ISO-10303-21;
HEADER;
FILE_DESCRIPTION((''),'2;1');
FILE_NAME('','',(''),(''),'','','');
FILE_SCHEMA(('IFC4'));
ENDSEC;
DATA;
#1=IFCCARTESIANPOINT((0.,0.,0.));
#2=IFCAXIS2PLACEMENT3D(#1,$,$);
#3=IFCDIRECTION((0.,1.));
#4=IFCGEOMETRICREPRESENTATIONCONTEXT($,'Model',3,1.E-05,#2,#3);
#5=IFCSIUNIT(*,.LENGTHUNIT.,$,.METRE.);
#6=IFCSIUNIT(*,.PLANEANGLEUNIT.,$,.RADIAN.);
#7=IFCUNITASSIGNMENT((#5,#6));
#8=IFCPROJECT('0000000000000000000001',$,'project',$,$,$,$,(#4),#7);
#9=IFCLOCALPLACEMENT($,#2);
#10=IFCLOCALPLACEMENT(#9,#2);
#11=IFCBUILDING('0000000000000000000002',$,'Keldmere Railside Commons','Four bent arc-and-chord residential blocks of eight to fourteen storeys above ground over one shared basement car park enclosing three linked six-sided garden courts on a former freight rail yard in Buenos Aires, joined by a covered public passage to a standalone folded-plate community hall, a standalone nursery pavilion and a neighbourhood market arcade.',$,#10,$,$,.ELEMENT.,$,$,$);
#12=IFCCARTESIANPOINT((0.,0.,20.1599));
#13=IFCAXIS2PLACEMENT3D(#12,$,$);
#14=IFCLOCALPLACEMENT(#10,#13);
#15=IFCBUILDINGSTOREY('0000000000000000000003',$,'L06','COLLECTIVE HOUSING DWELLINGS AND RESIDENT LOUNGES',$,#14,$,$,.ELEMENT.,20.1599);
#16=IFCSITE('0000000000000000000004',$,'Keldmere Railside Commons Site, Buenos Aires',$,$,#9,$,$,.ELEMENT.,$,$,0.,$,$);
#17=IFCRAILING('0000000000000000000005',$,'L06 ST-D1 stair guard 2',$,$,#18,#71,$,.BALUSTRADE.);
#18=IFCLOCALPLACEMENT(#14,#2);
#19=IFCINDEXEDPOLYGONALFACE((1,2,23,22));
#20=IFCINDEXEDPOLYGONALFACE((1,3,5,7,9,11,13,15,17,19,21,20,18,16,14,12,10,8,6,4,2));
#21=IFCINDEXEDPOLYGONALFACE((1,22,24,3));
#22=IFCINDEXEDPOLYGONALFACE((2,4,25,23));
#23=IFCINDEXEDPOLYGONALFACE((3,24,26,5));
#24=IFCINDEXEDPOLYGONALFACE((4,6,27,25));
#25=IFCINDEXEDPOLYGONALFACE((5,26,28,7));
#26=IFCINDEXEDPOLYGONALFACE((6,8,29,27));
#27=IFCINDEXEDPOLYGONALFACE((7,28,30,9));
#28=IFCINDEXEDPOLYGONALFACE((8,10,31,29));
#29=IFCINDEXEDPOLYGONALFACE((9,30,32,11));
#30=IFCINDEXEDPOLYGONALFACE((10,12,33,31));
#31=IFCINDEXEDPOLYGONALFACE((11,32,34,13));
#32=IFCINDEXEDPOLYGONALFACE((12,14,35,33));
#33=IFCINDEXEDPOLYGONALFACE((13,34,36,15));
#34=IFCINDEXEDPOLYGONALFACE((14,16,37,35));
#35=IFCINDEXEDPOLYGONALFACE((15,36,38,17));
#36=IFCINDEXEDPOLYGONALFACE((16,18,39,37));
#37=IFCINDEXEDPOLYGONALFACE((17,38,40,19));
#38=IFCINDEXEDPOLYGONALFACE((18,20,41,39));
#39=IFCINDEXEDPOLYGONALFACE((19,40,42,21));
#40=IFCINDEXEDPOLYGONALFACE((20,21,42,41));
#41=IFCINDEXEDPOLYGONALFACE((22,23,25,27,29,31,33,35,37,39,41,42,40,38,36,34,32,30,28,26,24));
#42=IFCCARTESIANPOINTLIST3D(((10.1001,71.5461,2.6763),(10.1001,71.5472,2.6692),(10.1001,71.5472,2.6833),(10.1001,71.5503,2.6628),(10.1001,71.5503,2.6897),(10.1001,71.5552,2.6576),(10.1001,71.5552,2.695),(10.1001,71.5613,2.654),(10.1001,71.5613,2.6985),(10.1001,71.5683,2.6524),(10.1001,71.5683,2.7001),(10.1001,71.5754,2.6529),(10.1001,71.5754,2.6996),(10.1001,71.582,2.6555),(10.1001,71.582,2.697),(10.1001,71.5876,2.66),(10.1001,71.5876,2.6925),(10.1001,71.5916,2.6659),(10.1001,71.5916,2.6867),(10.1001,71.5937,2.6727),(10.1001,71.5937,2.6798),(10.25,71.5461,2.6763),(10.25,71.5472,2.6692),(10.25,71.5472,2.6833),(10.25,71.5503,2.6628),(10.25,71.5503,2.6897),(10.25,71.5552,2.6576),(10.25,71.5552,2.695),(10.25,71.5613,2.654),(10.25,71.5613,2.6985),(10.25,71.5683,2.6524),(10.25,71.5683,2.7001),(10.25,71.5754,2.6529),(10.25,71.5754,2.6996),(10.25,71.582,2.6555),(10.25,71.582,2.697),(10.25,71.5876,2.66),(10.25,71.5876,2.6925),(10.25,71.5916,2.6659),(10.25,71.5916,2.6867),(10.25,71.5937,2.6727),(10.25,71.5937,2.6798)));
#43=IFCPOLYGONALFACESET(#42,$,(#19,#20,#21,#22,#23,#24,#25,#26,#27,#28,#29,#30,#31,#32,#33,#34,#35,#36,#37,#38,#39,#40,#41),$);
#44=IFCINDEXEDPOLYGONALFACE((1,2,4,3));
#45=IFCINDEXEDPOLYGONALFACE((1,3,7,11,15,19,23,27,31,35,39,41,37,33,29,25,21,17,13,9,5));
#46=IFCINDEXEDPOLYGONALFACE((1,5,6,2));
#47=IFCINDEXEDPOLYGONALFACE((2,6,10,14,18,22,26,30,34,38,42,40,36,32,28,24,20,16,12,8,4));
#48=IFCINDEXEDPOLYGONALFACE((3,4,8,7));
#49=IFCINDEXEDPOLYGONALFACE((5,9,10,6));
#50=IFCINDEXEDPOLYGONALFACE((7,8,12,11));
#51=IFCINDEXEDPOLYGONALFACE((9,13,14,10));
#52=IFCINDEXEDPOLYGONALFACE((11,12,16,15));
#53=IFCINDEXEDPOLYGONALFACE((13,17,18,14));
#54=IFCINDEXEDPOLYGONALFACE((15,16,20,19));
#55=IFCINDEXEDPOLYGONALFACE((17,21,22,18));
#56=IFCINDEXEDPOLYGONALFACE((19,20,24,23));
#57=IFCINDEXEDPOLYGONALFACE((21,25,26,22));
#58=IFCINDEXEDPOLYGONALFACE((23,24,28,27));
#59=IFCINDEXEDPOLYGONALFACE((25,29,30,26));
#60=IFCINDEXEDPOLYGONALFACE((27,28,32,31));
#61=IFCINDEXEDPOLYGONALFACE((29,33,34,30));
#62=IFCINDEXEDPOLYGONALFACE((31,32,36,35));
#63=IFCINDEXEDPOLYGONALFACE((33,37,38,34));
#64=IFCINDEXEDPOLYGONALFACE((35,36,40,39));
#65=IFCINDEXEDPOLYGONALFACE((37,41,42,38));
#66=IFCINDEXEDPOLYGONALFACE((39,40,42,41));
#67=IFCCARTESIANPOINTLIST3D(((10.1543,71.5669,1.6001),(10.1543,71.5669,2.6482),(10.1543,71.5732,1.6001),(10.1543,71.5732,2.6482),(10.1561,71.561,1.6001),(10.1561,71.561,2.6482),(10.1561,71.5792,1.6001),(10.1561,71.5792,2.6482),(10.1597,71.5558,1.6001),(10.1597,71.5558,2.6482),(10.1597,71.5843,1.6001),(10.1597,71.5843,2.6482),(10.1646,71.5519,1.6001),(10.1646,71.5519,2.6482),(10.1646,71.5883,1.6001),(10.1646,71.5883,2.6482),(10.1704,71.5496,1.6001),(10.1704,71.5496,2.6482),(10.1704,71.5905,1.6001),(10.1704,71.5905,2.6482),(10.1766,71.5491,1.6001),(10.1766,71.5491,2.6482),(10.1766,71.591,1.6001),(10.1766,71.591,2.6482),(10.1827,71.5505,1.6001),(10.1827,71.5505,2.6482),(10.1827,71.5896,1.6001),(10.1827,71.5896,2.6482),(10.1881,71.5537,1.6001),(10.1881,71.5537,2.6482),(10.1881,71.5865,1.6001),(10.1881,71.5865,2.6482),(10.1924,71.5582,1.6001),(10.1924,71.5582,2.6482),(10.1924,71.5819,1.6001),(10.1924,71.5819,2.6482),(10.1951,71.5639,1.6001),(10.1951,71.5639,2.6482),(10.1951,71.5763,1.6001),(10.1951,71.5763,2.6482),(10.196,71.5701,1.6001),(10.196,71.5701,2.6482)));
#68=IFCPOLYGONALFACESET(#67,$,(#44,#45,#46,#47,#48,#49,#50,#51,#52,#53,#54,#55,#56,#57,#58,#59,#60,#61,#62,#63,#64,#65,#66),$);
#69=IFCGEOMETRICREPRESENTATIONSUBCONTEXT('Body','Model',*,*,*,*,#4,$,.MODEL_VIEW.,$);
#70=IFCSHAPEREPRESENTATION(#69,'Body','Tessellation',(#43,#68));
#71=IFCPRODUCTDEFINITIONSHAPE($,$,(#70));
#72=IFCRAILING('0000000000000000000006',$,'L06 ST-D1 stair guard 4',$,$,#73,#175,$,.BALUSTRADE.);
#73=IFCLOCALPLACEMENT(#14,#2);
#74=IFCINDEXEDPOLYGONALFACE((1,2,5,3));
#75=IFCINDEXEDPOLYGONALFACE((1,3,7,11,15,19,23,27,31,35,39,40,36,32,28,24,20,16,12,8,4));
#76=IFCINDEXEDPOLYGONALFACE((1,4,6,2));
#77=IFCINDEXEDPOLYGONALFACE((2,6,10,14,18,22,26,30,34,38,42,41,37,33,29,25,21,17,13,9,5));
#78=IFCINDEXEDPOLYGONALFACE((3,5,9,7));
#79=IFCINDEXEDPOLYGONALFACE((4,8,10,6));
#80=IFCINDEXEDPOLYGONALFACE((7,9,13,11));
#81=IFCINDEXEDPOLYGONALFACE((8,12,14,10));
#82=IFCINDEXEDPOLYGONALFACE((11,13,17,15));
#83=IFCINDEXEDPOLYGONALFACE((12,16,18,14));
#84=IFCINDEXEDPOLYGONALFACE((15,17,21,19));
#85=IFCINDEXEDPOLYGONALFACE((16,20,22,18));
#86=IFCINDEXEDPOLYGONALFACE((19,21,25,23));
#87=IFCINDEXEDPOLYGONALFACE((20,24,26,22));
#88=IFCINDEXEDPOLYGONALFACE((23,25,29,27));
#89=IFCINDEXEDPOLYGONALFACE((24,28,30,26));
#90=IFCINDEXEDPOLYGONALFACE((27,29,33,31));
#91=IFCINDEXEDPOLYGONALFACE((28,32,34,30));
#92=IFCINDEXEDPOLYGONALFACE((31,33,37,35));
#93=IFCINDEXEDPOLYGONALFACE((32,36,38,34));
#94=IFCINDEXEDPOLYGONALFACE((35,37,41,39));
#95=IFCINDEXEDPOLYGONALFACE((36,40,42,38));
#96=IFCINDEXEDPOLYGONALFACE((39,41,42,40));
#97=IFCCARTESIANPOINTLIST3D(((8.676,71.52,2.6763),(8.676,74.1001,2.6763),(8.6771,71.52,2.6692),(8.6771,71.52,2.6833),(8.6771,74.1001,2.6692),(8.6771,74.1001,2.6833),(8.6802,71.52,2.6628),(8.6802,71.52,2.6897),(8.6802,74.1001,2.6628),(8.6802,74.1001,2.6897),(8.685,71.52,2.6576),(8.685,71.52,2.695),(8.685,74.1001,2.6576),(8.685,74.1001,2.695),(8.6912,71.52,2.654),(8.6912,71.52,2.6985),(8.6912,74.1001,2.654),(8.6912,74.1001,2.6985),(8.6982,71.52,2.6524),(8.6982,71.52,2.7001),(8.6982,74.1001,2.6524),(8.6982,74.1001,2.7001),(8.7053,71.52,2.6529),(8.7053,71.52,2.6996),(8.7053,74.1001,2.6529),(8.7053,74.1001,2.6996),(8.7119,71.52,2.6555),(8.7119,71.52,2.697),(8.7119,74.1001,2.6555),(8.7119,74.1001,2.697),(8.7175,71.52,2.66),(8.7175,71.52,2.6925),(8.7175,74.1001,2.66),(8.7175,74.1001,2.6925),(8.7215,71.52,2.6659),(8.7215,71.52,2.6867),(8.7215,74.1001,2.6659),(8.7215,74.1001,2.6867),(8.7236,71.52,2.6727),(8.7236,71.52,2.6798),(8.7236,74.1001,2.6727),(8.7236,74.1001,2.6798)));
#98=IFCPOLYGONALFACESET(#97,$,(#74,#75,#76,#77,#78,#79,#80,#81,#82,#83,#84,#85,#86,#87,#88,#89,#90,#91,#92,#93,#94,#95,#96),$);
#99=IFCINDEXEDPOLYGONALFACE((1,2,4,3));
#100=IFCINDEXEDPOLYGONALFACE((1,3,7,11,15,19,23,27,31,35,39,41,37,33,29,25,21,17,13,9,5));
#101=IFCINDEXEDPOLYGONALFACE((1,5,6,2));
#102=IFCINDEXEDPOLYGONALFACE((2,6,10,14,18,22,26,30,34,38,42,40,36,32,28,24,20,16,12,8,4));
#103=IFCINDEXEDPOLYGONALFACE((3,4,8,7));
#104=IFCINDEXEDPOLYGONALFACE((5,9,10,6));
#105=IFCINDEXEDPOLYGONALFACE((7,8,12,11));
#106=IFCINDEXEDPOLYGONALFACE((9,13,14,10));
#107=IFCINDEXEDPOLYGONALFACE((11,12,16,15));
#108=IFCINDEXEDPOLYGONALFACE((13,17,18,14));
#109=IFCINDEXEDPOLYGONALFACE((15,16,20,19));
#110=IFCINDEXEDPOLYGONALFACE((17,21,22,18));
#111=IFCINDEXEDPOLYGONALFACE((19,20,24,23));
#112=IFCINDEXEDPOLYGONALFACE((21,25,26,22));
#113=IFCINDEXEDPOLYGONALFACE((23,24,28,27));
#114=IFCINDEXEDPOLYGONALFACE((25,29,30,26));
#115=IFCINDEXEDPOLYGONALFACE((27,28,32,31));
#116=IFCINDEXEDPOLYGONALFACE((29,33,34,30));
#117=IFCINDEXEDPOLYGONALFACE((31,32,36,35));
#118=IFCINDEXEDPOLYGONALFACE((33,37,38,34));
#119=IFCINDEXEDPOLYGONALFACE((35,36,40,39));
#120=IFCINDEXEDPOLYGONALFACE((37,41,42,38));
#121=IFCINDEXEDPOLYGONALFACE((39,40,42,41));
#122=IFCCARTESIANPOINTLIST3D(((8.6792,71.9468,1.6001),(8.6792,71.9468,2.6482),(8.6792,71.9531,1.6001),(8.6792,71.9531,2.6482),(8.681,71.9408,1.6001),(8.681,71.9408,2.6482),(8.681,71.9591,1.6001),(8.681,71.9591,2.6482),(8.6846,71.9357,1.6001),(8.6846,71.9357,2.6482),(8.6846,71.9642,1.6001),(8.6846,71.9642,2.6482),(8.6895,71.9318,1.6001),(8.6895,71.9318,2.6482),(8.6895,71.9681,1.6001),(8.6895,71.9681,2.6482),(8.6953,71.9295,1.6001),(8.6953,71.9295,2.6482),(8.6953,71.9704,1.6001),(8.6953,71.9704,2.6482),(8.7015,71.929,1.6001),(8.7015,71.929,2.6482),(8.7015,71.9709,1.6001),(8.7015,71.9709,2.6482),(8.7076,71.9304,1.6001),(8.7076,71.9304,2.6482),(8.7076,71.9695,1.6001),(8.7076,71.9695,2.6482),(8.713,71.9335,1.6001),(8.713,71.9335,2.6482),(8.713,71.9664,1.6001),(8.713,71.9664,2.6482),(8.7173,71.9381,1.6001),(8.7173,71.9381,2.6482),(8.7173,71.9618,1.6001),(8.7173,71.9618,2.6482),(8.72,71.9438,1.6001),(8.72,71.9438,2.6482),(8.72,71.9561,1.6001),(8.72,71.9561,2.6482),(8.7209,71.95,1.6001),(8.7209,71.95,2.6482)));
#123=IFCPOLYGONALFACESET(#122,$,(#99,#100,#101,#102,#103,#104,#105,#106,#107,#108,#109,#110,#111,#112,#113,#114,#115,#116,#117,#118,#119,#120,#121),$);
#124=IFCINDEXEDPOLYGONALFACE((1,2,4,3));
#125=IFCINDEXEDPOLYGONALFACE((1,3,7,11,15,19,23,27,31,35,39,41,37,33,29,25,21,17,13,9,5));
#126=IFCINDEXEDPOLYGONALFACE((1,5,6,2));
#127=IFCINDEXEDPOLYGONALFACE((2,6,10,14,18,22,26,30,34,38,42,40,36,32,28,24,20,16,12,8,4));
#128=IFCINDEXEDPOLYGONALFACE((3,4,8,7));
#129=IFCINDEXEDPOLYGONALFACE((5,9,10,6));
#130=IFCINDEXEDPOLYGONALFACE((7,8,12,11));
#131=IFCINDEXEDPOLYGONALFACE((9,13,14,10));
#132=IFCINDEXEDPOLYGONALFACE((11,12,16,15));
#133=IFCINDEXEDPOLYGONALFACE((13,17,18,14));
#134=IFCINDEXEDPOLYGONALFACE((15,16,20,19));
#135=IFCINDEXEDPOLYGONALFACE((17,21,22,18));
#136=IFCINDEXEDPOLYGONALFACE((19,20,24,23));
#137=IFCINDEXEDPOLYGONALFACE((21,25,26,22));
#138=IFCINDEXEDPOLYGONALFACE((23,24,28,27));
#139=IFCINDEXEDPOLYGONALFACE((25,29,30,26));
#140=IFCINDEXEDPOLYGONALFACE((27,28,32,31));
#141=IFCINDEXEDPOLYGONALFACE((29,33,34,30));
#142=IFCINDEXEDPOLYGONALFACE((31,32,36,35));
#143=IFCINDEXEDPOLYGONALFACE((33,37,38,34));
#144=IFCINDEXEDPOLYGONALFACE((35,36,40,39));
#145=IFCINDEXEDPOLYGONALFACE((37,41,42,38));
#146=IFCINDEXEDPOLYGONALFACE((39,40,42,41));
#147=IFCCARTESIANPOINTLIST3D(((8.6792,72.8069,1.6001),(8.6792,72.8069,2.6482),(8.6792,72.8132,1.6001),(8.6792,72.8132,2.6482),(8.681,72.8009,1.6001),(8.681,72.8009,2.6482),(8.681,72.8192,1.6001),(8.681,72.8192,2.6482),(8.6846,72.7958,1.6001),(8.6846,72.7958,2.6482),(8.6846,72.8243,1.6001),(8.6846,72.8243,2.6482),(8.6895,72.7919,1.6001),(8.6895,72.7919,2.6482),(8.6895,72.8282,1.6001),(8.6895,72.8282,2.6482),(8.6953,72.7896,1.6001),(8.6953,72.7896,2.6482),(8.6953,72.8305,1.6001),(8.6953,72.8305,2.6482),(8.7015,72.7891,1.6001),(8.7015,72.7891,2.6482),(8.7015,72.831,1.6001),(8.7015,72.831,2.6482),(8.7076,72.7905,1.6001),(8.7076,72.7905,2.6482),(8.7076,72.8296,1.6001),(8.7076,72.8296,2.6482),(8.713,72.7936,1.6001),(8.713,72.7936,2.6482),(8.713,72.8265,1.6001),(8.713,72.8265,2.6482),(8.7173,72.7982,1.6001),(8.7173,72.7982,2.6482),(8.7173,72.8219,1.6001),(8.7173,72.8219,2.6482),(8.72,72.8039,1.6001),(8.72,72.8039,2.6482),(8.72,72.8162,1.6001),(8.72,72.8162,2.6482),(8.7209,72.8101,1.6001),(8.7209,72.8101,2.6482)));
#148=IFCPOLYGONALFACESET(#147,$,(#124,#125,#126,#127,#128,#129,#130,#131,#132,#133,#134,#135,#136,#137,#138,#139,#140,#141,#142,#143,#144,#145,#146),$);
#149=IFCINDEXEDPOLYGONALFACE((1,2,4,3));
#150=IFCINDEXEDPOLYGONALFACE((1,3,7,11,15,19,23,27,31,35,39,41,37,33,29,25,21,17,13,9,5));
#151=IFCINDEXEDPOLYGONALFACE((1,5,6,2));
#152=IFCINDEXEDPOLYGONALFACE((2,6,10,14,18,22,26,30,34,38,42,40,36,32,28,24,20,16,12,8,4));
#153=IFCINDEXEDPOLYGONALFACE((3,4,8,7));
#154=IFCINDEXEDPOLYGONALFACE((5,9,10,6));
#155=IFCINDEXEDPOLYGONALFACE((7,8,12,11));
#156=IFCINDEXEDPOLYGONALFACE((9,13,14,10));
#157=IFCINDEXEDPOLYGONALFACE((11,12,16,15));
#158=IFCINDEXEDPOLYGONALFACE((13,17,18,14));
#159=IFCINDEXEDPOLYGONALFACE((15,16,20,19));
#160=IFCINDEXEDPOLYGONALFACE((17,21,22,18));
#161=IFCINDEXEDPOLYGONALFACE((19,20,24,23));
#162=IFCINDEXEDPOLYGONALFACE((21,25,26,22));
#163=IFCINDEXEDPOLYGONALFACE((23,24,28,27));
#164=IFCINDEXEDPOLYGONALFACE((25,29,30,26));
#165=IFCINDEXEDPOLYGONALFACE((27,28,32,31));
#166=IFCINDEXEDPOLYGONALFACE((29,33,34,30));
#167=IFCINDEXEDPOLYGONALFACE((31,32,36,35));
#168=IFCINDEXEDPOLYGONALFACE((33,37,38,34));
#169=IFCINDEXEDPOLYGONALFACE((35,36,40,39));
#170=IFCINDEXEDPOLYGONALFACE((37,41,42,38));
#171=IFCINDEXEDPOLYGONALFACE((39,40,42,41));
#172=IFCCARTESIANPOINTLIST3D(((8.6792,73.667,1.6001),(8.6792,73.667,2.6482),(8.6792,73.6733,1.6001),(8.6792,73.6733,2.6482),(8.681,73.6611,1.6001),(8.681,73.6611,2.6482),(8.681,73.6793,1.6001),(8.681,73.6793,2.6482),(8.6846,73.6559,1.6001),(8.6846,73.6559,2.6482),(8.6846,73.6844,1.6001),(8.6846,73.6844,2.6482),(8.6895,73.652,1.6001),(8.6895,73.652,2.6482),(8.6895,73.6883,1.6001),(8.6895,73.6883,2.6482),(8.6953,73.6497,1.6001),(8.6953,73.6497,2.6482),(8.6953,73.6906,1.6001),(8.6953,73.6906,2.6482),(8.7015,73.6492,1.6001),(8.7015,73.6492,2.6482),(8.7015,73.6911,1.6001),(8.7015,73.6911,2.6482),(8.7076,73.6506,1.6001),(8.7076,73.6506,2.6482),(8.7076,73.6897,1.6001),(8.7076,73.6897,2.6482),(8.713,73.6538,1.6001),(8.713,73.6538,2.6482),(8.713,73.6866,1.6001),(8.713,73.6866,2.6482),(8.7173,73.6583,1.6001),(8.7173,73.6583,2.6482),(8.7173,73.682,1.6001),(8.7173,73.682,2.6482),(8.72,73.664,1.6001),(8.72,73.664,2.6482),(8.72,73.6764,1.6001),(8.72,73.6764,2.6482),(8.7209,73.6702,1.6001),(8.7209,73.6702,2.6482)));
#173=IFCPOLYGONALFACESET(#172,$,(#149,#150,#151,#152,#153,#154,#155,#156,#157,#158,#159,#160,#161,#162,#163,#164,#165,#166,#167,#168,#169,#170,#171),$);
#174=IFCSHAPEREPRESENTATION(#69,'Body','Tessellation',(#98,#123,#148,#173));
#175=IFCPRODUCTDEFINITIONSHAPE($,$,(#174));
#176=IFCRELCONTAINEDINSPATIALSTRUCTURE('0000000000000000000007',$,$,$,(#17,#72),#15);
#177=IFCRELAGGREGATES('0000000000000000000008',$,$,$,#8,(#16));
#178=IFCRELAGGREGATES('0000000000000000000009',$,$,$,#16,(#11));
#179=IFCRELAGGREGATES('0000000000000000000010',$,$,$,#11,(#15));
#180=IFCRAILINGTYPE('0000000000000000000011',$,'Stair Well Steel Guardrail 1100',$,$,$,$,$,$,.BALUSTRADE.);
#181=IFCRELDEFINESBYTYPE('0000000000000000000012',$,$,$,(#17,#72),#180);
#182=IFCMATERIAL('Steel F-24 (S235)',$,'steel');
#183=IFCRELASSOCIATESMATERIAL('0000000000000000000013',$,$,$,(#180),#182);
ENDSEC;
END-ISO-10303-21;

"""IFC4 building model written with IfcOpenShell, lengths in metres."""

from ifc_helpers import new_model, si_unit, direction, frame, origin, origin_2d, place, context, subcontext, project, spatial, circle, extrude, material, type_object, element, save


model = new_model("IFC4")

# Units and contexts
model_context = context("Model", 3, precision=1e-05, world=origin(), true_north=direction((0.0, 1.0)))
body_context = subcontext(model_context, "Body", "Model", "MODEL_VIEW")
ifc_project = project(units=[si_unit("LENGTHUNIT", "METRE"), si_unit("PLANEANGLEUNIT", "RADIAN")], contexts=[model_context])

# Site, building, storey
site_placement = place(None, origin())
site = spatial("IfcSite", under=ifc_project, at=site_placement, Name="Keldmere Railside Commons Site, Buenos Aires", CompositionType="ELEMENT", RefElevation=0.0)
building_placement = place(site_placement, origin())
building = spatial("IfcBuilding", under=site, at=building_placement, Name="Keldmere Railside Commons", Description="Four bent arc-and-chord residential blocks of eight to fourteen storeys above ground over one shared basement car park enclosing three linked six-sided garden courts on a former freight rail yard in Buenos Aires, joined by a covered public passage to a standalone folded-plate community hall, a standalone nursery pavilion and a neighbourhood market arcade.", CompositionType="ELEMENT")
storey_placement = place(building_placement, frame((0.0, 0.0, 20.1599)))
storey = spatial("IfcBuildingStorey", under=building, at=storey_placement, Name="L06", Description="COLLECTIVE HOUSING DWELLINGS AND RESIDENT LOUNGES", CompositionType="ELEMENT", Elevation=20.1599)

# Shared definitions
ifc_material_1 = material(Name="Steel F-24 (S235)", Category="steel")

# Railings
railing_type_1 = type_object("IfcRailingType", Name="Stair Well Steel Guardrail 1100", PredefinedType="BALUSTRADE", material=ifc_material_1)
railing_1_placement = place(storey_placement, frame((10.25, 71.5701, 1.6001)))
element("IfcRailing", 1, at=railing_1_placement, inside=storey, type_object=railing_type_1, Name="L06 ST-D1 stair guard 2", PredefinedType="BALUSTRADE", context=body_context, shape_type="SweptSolid", body=[
    extrude(circle(Radius=0.0239, at=origin_2d()), frame((0.0, 0.0, 1.0762), z_axis=(-1.0, 0.0, 0.0), x_axis=(0.0, -1.0, 0.0)), (0.0, 0.0, 1.0), 0.1499),
    extrude(circle(Radius=0.021, at=origin_2d()), frame((-0.075, 0.0, 0.0)), (0.0, 0.0, 1.0), 1.0481),
])
railing_2_placement = place(storey_placement, frame((8.7, 71.52, 1.6001)))
element("IfcRailing", 2, at=railing_2_placement, inside=storey, type_object=railing_type_1, Name="L06 ST-D1 stair guard 4", PredefinedType="BALUSTRADE", context=body_context, shape_type="SweptSolid", body=[
    extrude(circle(Radius=0.0239, at=origin_2d()), frame((0.0, 0.0, 1.0762), z_axis=(0.0, 1.0, 0.0), x_axis=(-1.0, 0.0, 0.0)), (0.0, 0.0, 1.0), 2.5801),
    extrude(circle(Radius=0.021, at=origin_2d()), frame((0.0, 0.4299, 0.0)), (0.0, 0.0, 1.0), 1.0481),
    extrude(circle(Radius=0.021, at=origin_2d()), frame((0.0, 1.29, 0.0)), (0.0, 0.0, 1.0), 1.0481),
    extrude(circle(Radius=0.021, at=origin_2d()), frame((0.0, 2.1501, 0.0)), (0.0, 0.0, 1.0), 1.0481),
])

save(model, "model.ifc")
